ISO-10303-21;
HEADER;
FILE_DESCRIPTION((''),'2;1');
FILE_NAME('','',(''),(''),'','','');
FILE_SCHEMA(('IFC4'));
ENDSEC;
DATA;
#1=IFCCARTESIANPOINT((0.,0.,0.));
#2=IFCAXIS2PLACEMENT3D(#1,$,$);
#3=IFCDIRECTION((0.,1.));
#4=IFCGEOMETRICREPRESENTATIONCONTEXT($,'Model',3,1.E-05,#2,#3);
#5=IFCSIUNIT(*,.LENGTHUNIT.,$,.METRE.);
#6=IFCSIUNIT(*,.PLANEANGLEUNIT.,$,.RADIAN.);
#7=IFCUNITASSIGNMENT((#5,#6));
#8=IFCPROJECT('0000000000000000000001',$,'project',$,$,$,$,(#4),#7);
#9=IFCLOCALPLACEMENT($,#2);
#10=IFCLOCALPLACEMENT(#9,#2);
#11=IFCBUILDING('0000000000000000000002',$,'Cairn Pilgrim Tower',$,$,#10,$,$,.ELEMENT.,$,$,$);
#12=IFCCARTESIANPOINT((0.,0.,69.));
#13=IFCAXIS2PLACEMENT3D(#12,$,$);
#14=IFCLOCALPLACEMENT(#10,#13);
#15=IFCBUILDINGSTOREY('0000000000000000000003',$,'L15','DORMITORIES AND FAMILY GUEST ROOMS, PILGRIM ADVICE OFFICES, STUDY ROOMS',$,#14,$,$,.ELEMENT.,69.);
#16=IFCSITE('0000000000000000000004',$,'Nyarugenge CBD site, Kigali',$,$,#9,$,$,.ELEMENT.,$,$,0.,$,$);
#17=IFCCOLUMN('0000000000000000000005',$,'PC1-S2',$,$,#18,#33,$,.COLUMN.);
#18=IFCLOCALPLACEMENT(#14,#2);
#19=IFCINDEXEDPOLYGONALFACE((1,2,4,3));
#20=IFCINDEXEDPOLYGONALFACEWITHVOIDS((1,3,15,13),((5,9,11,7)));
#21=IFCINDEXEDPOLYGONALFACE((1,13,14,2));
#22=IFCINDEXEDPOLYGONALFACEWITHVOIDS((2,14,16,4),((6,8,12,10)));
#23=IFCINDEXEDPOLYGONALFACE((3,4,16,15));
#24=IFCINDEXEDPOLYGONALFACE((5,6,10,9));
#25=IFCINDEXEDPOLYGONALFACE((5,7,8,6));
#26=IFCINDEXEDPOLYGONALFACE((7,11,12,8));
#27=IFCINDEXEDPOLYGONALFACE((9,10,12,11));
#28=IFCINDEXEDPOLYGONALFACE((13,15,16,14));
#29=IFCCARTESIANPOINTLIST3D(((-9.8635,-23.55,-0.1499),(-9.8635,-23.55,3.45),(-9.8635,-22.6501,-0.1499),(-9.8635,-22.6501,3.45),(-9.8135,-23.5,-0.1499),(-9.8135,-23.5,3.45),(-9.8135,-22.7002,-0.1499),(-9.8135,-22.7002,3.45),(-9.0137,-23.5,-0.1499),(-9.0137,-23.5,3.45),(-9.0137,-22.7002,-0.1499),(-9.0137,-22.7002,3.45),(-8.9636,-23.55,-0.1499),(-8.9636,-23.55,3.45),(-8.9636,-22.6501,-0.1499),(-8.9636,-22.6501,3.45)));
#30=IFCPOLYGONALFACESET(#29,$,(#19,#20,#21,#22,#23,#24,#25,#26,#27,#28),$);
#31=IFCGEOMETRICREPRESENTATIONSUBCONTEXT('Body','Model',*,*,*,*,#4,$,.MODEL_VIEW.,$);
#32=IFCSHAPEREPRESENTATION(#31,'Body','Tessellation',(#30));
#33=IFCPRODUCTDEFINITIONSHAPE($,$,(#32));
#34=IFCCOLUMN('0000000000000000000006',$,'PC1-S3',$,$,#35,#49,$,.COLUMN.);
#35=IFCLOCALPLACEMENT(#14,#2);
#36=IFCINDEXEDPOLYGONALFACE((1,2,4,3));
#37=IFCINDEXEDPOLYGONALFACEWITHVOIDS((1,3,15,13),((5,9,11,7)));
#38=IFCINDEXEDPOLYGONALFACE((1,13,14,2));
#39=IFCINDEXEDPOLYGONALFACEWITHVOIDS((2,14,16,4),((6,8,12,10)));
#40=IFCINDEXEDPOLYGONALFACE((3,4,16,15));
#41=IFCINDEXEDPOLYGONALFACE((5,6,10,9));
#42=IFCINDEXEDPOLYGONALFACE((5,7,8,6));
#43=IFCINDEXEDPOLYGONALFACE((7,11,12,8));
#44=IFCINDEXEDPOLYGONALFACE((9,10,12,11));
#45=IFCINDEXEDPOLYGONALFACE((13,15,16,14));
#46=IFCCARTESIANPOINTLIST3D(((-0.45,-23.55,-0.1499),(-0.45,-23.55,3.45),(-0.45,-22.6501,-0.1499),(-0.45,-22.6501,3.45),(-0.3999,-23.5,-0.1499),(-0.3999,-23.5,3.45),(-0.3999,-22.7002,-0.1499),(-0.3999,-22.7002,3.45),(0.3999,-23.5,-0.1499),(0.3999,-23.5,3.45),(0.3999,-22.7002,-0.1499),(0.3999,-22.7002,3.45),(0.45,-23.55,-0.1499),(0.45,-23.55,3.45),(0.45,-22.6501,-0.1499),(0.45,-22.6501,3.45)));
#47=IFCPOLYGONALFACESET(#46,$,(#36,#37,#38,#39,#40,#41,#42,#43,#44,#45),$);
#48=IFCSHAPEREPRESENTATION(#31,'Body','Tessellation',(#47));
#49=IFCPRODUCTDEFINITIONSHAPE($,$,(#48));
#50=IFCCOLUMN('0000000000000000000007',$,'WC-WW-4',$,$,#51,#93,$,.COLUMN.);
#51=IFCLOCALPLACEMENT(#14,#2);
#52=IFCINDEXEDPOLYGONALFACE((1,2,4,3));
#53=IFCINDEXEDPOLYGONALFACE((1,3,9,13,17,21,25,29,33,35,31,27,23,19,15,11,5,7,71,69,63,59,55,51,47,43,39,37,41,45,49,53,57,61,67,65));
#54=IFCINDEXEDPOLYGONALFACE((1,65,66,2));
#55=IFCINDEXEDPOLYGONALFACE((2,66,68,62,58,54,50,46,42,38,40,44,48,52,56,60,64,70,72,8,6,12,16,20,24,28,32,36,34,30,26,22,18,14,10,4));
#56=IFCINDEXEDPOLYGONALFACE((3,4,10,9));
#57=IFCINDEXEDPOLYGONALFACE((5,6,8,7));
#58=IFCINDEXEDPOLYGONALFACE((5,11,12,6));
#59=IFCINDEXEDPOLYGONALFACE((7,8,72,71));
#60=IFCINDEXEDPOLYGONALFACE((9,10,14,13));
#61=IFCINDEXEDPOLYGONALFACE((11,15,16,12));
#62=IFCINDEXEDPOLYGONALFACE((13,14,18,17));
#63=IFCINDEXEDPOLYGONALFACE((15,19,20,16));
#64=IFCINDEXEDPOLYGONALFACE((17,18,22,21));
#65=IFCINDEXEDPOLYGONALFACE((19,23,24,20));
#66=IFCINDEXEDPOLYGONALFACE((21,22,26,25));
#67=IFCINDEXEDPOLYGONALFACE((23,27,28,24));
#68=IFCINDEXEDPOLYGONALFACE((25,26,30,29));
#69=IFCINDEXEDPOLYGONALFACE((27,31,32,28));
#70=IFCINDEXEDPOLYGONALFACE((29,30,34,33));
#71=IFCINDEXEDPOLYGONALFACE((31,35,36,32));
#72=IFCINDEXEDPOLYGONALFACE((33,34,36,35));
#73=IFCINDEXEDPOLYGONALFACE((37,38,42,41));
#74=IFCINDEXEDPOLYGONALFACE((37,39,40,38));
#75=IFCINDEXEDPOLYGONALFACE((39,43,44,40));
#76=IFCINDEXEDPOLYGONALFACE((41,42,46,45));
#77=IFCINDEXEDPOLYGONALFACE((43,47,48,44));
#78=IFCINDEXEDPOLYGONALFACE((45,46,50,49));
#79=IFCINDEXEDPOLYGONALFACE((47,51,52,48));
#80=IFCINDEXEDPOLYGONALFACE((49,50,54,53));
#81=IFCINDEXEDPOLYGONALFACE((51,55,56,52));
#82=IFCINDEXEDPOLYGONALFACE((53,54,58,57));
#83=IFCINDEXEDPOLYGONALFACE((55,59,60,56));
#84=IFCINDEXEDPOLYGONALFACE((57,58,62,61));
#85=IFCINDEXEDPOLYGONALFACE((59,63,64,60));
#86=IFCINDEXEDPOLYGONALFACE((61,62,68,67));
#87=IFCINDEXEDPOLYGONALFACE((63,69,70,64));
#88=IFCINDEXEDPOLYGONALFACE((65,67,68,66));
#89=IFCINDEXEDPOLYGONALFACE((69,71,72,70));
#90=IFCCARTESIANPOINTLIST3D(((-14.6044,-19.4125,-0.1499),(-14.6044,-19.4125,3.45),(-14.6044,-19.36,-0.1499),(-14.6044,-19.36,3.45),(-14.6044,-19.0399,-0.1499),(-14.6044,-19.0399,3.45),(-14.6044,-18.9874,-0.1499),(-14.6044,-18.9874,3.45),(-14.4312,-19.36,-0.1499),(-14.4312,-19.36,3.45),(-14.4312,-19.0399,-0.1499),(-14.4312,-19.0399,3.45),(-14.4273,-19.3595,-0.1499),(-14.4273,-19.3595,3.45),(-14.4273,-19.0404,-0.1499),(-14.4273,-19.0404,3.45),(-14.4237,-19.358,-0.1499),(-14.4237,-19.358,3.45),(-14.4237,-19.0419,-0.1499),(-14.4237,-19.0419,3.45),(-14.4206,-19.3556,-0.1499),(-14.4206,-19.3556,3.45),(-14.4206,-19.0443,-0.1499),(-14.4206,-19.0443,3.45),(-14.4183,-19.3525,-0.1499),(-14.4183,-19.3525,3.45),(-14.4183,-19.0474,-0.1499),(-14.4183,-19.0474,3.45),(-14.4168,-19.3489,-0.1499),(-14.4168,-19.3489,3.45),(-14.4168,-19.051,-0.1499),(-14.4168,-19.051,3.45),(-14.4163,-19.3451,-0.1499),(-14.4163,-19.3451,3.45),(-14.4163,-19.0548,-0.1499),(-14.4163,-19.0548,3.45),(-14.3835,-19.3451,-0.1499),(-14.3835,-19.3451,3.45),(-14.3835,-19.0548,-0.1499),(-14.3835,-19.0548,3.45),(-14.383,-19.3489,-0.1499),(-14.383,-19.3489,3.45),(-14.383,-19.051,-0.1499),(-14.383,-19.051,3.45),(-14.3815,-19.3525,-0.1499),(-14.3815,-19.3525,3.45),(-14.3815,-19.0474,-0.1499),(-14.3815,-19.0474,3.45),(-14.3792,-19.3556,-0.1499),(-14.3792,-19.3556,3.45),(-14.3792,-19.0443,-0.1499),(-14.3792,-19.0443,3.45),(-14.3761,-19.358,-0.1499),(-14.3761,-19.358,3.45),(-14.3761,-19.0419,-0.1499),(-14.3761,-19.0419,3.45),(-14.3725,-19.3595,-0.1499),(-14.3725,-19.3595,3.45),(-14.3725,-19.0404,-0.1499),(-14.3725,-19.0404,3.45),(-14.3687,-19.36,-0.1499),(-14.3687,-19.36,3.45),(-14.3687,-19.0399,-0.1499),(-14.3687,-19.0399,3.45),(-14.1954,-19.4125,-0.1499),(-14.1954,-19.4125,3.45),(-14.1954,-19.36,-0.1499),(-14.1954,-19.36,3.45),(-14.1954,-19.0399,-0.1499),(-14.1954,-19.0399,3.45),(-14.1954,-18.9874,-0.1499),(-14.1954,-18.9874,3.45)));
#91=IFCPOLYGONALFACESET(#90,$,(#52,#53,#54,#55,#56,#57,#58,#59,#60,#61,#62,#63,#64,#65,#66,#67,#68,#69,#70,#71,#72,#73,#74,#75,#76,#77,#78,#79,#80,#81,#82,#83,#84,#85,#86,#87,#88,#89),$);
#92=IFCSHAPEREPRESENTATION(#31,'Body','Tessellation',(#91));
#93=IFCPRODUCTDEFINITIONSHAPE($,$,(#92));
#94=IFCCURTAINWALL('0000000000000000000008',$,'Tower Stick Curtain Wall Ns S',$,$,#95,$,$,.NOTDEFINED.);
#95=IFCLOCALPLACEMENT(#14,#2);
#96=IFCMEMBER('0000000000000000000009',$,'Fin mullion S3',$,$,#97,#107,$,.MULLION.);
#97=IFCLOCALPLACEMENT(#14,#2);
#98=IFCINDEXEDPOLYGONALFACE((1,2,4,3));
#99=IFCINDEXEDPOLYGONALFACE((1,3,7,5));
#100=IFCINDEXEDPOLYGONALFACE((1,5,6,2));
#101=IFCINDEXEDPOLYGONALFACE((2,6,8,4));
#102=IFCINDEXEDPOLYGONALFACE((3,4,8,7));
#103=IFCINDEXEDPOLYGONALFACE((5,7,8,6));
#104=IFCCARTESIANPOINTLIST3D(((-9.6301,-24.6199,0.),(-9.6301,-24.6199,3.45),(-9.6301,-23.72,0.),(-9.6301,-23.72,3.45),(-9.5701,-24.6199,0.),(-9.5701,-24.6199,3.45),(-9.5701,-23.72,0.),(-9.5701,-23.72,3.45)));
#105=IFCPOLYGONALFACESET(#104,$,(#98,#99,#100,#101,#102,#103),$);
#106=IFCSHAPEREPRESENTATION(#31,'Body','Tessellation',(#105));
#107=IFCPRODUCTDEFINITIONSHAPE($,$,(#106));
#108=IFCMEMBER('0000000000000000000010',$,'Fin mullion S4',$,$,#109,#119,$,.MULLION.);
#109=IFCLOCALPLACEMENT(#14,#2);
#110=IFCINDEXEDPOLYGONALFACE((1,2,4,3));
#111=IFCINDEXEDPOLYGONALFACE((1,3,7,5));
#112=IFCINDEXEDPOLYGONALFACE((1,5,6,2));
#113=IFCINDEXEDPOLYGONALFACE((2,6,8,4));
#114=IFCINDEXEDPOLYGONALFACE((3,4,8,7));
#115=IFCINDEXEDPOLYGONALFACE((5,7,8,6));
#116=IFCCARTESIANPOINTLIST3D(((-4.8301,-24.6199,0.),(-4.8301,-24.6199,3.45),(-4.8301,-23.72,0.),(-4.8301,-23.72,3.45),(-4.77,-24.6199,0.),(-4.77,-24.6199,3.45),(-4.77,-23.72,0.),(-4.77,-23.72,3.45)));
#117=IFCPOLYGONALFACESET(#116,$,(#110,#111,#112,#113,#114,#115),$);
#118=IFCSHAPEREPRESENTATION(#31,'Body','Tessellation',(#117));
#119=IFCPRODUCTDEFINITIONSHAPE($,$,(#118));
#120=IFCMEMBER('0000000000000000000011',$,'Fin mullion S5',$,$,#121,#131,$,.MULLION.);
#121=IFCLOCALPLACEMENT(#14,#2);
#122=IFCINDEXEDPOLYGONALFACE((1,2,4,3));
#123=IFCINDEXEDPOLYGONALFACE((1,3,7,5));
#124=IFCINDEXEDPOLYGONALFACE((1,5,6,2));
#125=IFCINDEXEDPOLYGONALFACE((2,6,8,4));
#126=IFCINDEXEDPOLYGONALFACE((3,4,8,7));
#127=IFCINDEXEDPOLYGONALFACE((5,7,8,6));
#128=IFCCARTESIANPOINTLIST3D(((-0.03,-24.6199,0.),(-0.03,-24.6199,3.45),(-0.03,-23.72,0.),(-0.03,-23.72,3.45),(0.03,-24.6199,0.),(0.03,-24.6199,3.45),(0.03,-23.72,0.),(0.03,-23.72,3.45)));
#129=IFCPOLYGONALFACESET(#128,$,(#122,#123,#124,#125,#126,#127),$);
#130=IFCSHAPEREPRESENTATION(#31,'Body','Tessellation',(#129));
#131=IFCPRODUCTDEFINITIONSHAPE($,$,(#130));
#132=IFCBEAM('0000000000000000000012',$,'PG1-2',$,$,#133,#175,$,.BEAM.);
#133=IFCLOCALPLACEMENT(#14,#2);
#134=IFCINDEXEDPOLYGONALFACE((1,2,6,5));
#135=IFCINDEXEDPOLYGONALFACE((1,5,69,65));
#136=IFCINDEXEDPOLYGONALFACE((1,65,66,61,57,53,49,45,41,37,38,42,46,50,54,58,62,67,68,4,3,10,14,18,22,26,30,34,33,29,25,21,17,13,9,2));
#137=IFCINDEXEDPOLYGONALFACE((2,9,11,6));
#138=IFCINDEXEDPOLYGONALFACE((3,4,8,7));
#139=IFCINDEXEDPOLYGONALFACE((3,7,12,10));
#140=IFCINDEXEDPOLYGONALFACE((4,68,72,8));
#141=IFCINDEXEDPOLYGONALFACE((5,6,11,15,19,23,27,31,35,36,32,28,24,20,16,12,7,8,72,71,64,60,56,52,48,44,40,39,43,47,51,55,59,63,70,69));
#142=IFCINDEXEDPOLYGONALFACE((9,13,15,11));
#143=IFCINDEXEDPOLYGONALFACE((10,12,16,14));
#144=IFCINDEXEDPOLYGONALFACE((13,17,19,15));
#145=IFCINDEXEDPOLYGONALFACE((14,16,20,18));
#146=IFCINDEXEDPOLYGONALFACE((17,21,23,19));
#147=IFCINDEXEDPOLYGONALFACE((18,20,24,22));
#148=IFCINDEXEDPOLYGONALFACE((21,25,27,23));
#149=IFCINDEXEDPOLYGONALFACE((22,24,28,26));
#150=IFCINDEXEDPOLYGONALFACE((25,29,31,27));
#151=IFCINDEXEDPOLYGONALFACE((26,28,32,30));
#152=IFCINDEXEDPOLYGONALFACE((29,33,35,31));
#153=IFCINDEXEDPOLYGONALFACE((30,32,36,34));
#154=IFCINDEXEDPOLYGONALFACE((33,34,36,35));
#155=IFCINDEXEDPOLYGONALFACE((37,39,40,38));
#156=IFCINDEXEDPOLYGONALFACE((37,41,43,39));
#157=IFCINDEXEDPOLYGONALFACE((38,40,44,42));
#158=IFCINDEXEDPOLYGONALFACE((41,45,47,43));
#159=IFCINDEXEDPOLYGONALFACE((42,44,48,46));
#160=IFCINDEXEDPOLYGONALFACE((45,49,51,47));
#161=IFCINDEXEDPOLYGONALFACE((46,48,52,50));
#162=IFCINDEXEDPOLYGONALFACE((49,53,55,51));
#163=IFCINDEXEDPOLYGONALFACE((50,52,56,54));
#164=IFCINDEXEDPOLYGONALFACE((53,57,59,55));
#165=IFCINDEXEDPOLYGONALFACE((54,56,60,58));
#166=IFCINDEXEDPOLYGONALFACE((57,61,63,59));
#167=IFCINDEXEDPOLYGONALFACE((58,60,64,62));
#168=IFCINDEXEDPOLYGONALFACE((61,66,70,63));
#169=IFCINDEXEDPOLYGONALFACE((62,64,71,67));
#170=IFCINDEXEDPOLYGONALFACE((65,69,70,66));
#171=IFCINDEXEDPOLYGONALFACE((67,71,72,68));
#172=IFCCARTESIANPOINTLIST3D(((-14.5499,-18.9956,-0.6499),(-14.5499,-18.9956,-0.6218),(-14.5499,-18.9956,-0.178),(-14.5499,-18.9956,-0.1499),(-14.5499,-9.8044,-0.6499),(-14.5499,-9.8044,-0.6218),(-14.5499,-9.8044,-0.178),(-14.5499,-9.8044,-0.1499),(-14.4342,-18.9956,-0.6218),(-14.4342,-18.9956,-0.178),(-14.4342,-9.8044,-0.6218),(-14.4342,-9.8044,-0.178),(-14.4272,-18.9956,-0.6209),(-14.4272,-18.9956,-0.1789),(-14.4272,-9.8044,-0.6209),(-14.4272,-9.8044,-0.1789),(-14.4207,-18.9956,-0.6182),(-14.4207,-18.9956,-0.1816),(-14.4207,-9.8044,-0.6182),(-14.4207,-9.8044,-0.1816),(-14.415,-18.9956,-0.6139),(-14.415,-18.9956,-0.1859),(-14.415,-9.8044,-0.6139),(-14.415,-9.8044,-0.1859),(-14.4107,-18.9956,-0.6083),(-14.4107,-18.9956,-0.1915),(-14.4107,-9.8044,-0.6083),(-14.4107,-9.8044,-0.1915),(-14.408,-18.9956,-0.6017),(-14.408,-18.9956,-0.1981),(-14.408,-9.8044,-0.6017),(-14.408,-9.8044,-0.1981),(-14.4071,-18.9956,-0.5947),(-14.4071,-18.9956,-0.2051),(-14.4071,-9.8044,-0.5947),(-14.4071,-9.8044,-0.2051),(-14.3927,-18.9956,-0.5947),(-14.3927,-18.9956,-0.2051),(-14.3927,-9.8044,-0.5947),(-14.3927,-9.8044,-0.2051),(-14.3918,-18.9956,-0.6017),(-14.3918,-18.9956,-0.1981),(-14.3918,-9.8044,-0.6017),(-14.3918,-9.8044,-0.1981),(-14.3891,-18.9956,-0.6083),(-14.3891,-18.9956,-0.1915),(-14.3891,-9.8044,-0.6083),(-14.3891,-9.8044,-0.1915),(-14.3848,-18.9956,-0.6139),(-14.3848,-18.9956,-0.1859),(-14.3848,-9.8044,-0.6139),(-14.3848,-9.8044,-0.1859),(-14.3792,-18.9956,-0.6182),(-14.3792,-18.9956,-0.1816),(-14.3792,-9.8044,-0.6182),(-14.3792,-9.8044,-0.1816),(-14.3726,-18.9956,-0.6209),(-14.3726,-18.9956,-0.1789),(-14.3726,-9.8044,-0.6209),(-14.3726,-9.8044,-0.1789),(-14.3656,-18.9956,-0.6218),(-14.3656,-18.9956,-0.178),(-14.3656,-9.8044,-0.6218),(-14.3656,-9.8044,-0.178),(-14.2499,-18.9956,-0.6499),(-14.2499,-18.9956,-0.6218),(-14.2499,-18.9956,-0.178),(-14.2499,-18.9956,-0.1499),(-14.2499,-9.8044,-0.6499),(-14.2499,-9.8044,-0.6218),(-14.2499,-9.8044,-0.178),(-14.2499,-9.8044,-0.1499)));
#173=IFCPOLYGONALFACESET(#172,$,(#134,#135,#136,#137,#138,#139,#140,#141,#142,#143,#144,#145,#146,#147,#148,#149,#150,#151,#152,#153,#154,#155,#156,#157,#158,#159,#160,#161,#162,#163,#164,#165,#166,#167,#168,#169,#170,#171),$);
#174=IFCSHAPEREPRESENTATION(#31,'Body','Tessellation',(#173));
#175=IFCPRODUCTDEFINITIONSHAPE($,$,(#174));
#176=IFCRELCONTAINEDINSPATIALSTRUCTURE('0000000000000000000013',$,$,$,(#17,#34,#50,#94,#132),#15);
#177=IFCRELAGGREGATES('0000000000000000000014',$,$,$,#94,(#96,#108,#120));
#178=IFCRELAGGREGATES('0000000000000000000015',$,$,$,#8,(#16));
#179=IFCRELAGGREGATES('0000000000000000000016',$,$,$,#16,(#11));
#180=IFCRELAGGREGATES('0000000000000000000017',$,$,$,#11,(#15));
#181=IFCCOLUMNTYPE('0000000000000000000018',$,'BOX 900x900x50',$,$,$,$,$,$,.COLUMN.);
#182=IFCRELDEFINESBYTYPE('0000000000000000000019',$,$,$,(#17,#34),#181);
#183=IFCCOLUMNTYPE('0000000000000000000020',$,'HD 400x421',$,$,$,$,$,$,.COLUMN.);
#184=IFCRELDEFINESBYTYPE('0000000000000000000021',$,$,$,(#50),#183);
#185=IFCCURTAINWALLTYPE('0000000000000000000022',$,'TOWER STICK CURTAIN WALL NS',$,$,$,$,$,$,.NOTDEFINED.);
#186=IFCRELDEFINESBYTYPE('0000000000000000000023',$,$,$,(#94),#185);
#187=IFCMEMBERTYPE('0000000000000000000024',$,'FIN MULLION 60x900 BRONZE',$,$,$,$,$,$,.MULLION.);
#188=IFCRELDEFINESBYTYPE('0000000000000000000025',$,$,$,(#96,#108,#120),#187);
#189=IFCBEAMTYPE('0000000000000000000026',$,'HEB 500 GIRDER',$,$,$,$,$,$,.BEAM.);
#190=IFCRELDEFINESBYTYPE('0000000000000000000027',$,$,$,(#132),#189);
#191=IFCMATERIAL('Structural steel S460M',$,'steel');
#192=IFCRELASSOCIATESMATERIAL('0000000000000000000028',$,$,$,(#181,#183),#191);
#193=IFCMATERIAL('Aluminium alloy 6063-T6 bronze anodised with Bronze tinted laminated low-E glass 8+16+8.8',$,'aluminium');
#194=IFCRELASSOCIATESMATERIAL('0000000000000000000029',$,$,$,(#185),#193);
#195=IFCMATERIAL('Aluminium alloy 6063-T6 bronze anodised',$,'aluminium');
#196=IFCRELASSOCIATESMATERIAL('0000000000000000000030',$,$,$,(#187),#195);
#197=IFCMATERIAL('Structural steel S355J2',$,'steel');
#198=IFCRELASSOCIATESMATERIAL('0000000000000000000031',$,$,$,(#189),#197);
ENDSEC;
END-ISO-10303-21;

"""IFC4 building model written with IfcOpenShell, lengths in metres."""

from ifc_helpers import new_model, si_unit, direction, frame, origin, origin_2d, place, context, subcontext, project, spatial, rectangle, hollow_rectangle, i_section, extrude, material, material_profile, profile_set, type_object, element, aggregate, save


model = new_model("IFC4")

# Units and contexts
model_context = context("Model", 3, precision=1e-05, world=origin(), true_north=direction((0.0, 1.0)))
body_context = subcontext(model_context, "Body", "Model", "MODEL_VIEW")
ifc_project = project(units=[si_unit("LENGTHUNIT", "METRE"), si_unit("PLANEANGLEUNIT", "RADIAN")], contexts=[model_context])

# Site, building, storey
site_placement = place(None, origin())
site = spatial("IfcSite", under=ifc_project, at=site_placement, Name="Nyarugenge CBD site, Kigali", CompositionType="ELEMENT", RefElevation=0.0)
building_placement = place(site_placement, origin())
building = spatial("IfcBuilding", under=site, at=building_placement, Name="Cairn Pilgrim Tower", CompositionType="ELEMENT")
storey_placement = place(building_placement, frame((0.0, 0.0, 69.0)))
storey = spatial("IfcBuildingStorey", under=building, at=storey_placement, Name="L15", Description="DORMITORIES AND FAMILY GUEST ROOMS, PILGRIM ADVICE OFFICES, STUDY ROOMS", CompositionType="ELEMENT", Elevation=69.0)

# Columns
ifc_material_1 = material(Name="Structural steel S460M", Category="steel")
ifc_material_profile_1 = material_profile(ifc_material_1, hollow_rectangle(XDim=0.8999, YDim=0.8999, WallThickness=0.05, at=origin_2d()), Name="BOX 900x900x50")
ifc_profile_set_1 = profile_set([ifc_material_profile_1], Name="Structural steel S460M")
column_type_1 = type_object("IfcColumnType", Name="BOX 900x900x50", PredefinedType="COLUMN", material=ifc_profile_set_1)
for number, where, z_axis, x_axis, name in (
    (1, (-9.4136, -23.1001, -0.1499), (0.0, 0.0, 1.0), (1.0, 0.0, 0.0), "PC1-S2"),
    (2, (0.0, -23.1001, -0.1499), (0.0, 0.0, 1.0), (1.0, 0.0, 0.0), "PC1-S3"),
):
    element("IfcColumn", number, at=place(storey_placement, frame(where, z_axis=z_axis, x_axis=x_axis)), inside=storey, type_object=column_type_1, Name=name, PredefinedType="COLUMN", context=body_context, shape_type="SweptSolid", body=[
        extrude(hollow_rectangle(XDim=0.8999, YDim=0.8999, WallThickness=0.05, at=origin_2d()), origin(), (0.0, 0.0, 1.0), 3.5999),
    ])
ifc_material_profile_2 = material_profile(ifc_material_1, i_section(OverallWidth=0.4089, OverallDepth=0.425, WebThickness=0.0327, FlangeThickness=0.0525, FilletRadius=0.0149, at=origin_2d()), Name="HD 400x421")
ifc_profile_set_2 = profile_set([ifc_material_profile_2], Name="Structural steel S460M")
column_type_2 = type_object("IfcColumnType", Name="HD 400x421", PredefinedType="COLUMN", material=ifc_profile_set_2)
column_placement = place(storey_placement, frame((-14.3999, -19.2, -0.1499), z_axis=(0.0, 0.0, 1.0), x_axis=(1.0, 0.0, 0.0)))
element("IfcColumn", 3, at=column_placement, inside=storey, type_object=column_type_2, Name="WC-WW-4", PredefinedType="COLUMN", context=body_context, shape_type="SweptSolid", body=[
    extrude(i_section(OverallWidth=0.4089, OverallDepth=0.425, WebThickness=0.0327, FlangeThickness=0.0525, FilletRadius=0.0149, at=origin_2d()), origin(), (0.0, 0.0, 1.0), 3.5999),
])

# Curtain wall, members
ifc_material_2 = material(Name="Aluminium alloy 6063-T6 bronze anodised with Bronze tinted laminated low-E glass 8+16+8.8", Category="aluminium")
curtain_wall_type = type_object("IfcCurtainWallType", Name="TOWER STICK CURTAIN WALL NS", PredefinedType="NOTDEFINED", material=ifc_material_2)
curtain_wall_placement = place(storey_placement, origin())
curtain_wall = element("IfcCurtainWall", 4, at=curtain_wall_placement, inside=storey, type_object=curtain_wall_type, Name="Tower Stick Curtain Wall Ns S", PredefinedType="NOTDEFINED")
ifc_material_3 = material(Name="Aluminium alloy 6063-T6 bronze anodised", Category="aluminium")
ifc_material_profile_3 = material_profile(ifc_material_3, rectangle(XDim=0.8999, YDim=0.0601, at=origin_2d()), Name="FIN MULLION 60x900 BRONZE")
ifc_profile_set_3 = profile_set([ifc_material_profile_3], Name="Aluminium alloy 6063-T6 bronze anodised")
member_type_1 = type_object("IfcMemberType", Name="FIN MULLION 60x900 BRONZE", PredefinedType="MULLION", material=ifc_profile_set_3)
member_1_placement = place(storey_placement, frame((-9.6001, -24.1699, 0.0), z_axis=(0.0, 0.0, 1.0), x_axis=(0.0, -1.0, 0.0)))
member_1 = element("IfcMember", 5, at=member_1_placement, type_object=member_type_1, Name="Fin mullion S3", PredefinedType="MULLION", context=body_context, shape_type="SweptSolid", body=[
    extrude(rectangle(XDim=0.8999, YDim=0.0601, at=origin_2d()), origin(), (0.0, 0.0, 1.0), 3.45),
])
member_2_placement = place(storey_placement, frame((-4.8, -24.1699, 0.0), z_axis=(0.0, 0.0, 1.0), x_axis=(0.0, -1.0, 0.0)))
member_2 = element("IfcMember", 6, at=member_2_placement, type_object=member_type_1, Name="Fin mullion S4", PredefinedType="MULLION", context=body_context, shape_type="SweptSolid", body=[
    extrude(rectangle(XDim=0.8999, YDim=0.0601, at=origin_2d()), origin(), (0.0, 0.0, 1.0), 3.45),
])
member_3_placement = place(storey_placement, frame((0.0, -24.1699, 0.0), z_axis=(0.0, 0.0, 1.0), x_axis=(0.0, -1.0, 0.0)))
member_3 = element("IfcMember", 7, at=member_3_placement, type_object=member_type_1, Name="Fin mullion S5", PredefinedType="MULLION", context=body_context, shape_type="SweptSolid", body=[
    extrude(rectangle(XDim=0.8999, YDim=0.0601, at=origin_2d()), origin(), (0.0, 0.0, 1.0), 3.45),
])

# Beam
ifc_material_4 = material(Name="Structural steel S355J2", Category="steel")
ifc_material_profile_4 = material_profile(ifc_material_4, i_section(OverallWidth=0.3, OverallDepth=0.5, WebThickness=0.0144, FlangeThickness=0.0281, FilletRadius=0.0271, at=origin_2d()), Name="HEB 500")
ifc_profile_set_4 = profile_set([ifc_material_profile_4], Name="Structural steel S355J2")
beam_type_1 = type_object("IfcBeamType", Name="HEB 500 GIRDER", PredefinedType="BEAM", material=ifc_profile_set_4)
beam_1_placement = place(storey_placement, frame((-14.3999, -18.9956, -0.3999), z_axis=(0.0, 1.0, 0.0), x_axis=(-1.0, 0.0, 0.0)))
element("IfcBeam", 8, at=beam_1_placement, inside=storey, type_object=beam_type_1, Name="PG1-2", PredefinedType="BEAM", context=body_context, shape_type="SweptSolid", body=[
    extrude(i_section(OverallWidth=0.3, OverallDepth=0.5, WebThickness=0.0144, FlangeThickness=0.0281, FilletRadius=0.0271, at=origin_2d()), origin(), (0.0, 0.0, 1.0), 9.1912),
])

aggregate(curtain_wall, [member_1, member_2, member_3])

save(model, "model.ifc")
